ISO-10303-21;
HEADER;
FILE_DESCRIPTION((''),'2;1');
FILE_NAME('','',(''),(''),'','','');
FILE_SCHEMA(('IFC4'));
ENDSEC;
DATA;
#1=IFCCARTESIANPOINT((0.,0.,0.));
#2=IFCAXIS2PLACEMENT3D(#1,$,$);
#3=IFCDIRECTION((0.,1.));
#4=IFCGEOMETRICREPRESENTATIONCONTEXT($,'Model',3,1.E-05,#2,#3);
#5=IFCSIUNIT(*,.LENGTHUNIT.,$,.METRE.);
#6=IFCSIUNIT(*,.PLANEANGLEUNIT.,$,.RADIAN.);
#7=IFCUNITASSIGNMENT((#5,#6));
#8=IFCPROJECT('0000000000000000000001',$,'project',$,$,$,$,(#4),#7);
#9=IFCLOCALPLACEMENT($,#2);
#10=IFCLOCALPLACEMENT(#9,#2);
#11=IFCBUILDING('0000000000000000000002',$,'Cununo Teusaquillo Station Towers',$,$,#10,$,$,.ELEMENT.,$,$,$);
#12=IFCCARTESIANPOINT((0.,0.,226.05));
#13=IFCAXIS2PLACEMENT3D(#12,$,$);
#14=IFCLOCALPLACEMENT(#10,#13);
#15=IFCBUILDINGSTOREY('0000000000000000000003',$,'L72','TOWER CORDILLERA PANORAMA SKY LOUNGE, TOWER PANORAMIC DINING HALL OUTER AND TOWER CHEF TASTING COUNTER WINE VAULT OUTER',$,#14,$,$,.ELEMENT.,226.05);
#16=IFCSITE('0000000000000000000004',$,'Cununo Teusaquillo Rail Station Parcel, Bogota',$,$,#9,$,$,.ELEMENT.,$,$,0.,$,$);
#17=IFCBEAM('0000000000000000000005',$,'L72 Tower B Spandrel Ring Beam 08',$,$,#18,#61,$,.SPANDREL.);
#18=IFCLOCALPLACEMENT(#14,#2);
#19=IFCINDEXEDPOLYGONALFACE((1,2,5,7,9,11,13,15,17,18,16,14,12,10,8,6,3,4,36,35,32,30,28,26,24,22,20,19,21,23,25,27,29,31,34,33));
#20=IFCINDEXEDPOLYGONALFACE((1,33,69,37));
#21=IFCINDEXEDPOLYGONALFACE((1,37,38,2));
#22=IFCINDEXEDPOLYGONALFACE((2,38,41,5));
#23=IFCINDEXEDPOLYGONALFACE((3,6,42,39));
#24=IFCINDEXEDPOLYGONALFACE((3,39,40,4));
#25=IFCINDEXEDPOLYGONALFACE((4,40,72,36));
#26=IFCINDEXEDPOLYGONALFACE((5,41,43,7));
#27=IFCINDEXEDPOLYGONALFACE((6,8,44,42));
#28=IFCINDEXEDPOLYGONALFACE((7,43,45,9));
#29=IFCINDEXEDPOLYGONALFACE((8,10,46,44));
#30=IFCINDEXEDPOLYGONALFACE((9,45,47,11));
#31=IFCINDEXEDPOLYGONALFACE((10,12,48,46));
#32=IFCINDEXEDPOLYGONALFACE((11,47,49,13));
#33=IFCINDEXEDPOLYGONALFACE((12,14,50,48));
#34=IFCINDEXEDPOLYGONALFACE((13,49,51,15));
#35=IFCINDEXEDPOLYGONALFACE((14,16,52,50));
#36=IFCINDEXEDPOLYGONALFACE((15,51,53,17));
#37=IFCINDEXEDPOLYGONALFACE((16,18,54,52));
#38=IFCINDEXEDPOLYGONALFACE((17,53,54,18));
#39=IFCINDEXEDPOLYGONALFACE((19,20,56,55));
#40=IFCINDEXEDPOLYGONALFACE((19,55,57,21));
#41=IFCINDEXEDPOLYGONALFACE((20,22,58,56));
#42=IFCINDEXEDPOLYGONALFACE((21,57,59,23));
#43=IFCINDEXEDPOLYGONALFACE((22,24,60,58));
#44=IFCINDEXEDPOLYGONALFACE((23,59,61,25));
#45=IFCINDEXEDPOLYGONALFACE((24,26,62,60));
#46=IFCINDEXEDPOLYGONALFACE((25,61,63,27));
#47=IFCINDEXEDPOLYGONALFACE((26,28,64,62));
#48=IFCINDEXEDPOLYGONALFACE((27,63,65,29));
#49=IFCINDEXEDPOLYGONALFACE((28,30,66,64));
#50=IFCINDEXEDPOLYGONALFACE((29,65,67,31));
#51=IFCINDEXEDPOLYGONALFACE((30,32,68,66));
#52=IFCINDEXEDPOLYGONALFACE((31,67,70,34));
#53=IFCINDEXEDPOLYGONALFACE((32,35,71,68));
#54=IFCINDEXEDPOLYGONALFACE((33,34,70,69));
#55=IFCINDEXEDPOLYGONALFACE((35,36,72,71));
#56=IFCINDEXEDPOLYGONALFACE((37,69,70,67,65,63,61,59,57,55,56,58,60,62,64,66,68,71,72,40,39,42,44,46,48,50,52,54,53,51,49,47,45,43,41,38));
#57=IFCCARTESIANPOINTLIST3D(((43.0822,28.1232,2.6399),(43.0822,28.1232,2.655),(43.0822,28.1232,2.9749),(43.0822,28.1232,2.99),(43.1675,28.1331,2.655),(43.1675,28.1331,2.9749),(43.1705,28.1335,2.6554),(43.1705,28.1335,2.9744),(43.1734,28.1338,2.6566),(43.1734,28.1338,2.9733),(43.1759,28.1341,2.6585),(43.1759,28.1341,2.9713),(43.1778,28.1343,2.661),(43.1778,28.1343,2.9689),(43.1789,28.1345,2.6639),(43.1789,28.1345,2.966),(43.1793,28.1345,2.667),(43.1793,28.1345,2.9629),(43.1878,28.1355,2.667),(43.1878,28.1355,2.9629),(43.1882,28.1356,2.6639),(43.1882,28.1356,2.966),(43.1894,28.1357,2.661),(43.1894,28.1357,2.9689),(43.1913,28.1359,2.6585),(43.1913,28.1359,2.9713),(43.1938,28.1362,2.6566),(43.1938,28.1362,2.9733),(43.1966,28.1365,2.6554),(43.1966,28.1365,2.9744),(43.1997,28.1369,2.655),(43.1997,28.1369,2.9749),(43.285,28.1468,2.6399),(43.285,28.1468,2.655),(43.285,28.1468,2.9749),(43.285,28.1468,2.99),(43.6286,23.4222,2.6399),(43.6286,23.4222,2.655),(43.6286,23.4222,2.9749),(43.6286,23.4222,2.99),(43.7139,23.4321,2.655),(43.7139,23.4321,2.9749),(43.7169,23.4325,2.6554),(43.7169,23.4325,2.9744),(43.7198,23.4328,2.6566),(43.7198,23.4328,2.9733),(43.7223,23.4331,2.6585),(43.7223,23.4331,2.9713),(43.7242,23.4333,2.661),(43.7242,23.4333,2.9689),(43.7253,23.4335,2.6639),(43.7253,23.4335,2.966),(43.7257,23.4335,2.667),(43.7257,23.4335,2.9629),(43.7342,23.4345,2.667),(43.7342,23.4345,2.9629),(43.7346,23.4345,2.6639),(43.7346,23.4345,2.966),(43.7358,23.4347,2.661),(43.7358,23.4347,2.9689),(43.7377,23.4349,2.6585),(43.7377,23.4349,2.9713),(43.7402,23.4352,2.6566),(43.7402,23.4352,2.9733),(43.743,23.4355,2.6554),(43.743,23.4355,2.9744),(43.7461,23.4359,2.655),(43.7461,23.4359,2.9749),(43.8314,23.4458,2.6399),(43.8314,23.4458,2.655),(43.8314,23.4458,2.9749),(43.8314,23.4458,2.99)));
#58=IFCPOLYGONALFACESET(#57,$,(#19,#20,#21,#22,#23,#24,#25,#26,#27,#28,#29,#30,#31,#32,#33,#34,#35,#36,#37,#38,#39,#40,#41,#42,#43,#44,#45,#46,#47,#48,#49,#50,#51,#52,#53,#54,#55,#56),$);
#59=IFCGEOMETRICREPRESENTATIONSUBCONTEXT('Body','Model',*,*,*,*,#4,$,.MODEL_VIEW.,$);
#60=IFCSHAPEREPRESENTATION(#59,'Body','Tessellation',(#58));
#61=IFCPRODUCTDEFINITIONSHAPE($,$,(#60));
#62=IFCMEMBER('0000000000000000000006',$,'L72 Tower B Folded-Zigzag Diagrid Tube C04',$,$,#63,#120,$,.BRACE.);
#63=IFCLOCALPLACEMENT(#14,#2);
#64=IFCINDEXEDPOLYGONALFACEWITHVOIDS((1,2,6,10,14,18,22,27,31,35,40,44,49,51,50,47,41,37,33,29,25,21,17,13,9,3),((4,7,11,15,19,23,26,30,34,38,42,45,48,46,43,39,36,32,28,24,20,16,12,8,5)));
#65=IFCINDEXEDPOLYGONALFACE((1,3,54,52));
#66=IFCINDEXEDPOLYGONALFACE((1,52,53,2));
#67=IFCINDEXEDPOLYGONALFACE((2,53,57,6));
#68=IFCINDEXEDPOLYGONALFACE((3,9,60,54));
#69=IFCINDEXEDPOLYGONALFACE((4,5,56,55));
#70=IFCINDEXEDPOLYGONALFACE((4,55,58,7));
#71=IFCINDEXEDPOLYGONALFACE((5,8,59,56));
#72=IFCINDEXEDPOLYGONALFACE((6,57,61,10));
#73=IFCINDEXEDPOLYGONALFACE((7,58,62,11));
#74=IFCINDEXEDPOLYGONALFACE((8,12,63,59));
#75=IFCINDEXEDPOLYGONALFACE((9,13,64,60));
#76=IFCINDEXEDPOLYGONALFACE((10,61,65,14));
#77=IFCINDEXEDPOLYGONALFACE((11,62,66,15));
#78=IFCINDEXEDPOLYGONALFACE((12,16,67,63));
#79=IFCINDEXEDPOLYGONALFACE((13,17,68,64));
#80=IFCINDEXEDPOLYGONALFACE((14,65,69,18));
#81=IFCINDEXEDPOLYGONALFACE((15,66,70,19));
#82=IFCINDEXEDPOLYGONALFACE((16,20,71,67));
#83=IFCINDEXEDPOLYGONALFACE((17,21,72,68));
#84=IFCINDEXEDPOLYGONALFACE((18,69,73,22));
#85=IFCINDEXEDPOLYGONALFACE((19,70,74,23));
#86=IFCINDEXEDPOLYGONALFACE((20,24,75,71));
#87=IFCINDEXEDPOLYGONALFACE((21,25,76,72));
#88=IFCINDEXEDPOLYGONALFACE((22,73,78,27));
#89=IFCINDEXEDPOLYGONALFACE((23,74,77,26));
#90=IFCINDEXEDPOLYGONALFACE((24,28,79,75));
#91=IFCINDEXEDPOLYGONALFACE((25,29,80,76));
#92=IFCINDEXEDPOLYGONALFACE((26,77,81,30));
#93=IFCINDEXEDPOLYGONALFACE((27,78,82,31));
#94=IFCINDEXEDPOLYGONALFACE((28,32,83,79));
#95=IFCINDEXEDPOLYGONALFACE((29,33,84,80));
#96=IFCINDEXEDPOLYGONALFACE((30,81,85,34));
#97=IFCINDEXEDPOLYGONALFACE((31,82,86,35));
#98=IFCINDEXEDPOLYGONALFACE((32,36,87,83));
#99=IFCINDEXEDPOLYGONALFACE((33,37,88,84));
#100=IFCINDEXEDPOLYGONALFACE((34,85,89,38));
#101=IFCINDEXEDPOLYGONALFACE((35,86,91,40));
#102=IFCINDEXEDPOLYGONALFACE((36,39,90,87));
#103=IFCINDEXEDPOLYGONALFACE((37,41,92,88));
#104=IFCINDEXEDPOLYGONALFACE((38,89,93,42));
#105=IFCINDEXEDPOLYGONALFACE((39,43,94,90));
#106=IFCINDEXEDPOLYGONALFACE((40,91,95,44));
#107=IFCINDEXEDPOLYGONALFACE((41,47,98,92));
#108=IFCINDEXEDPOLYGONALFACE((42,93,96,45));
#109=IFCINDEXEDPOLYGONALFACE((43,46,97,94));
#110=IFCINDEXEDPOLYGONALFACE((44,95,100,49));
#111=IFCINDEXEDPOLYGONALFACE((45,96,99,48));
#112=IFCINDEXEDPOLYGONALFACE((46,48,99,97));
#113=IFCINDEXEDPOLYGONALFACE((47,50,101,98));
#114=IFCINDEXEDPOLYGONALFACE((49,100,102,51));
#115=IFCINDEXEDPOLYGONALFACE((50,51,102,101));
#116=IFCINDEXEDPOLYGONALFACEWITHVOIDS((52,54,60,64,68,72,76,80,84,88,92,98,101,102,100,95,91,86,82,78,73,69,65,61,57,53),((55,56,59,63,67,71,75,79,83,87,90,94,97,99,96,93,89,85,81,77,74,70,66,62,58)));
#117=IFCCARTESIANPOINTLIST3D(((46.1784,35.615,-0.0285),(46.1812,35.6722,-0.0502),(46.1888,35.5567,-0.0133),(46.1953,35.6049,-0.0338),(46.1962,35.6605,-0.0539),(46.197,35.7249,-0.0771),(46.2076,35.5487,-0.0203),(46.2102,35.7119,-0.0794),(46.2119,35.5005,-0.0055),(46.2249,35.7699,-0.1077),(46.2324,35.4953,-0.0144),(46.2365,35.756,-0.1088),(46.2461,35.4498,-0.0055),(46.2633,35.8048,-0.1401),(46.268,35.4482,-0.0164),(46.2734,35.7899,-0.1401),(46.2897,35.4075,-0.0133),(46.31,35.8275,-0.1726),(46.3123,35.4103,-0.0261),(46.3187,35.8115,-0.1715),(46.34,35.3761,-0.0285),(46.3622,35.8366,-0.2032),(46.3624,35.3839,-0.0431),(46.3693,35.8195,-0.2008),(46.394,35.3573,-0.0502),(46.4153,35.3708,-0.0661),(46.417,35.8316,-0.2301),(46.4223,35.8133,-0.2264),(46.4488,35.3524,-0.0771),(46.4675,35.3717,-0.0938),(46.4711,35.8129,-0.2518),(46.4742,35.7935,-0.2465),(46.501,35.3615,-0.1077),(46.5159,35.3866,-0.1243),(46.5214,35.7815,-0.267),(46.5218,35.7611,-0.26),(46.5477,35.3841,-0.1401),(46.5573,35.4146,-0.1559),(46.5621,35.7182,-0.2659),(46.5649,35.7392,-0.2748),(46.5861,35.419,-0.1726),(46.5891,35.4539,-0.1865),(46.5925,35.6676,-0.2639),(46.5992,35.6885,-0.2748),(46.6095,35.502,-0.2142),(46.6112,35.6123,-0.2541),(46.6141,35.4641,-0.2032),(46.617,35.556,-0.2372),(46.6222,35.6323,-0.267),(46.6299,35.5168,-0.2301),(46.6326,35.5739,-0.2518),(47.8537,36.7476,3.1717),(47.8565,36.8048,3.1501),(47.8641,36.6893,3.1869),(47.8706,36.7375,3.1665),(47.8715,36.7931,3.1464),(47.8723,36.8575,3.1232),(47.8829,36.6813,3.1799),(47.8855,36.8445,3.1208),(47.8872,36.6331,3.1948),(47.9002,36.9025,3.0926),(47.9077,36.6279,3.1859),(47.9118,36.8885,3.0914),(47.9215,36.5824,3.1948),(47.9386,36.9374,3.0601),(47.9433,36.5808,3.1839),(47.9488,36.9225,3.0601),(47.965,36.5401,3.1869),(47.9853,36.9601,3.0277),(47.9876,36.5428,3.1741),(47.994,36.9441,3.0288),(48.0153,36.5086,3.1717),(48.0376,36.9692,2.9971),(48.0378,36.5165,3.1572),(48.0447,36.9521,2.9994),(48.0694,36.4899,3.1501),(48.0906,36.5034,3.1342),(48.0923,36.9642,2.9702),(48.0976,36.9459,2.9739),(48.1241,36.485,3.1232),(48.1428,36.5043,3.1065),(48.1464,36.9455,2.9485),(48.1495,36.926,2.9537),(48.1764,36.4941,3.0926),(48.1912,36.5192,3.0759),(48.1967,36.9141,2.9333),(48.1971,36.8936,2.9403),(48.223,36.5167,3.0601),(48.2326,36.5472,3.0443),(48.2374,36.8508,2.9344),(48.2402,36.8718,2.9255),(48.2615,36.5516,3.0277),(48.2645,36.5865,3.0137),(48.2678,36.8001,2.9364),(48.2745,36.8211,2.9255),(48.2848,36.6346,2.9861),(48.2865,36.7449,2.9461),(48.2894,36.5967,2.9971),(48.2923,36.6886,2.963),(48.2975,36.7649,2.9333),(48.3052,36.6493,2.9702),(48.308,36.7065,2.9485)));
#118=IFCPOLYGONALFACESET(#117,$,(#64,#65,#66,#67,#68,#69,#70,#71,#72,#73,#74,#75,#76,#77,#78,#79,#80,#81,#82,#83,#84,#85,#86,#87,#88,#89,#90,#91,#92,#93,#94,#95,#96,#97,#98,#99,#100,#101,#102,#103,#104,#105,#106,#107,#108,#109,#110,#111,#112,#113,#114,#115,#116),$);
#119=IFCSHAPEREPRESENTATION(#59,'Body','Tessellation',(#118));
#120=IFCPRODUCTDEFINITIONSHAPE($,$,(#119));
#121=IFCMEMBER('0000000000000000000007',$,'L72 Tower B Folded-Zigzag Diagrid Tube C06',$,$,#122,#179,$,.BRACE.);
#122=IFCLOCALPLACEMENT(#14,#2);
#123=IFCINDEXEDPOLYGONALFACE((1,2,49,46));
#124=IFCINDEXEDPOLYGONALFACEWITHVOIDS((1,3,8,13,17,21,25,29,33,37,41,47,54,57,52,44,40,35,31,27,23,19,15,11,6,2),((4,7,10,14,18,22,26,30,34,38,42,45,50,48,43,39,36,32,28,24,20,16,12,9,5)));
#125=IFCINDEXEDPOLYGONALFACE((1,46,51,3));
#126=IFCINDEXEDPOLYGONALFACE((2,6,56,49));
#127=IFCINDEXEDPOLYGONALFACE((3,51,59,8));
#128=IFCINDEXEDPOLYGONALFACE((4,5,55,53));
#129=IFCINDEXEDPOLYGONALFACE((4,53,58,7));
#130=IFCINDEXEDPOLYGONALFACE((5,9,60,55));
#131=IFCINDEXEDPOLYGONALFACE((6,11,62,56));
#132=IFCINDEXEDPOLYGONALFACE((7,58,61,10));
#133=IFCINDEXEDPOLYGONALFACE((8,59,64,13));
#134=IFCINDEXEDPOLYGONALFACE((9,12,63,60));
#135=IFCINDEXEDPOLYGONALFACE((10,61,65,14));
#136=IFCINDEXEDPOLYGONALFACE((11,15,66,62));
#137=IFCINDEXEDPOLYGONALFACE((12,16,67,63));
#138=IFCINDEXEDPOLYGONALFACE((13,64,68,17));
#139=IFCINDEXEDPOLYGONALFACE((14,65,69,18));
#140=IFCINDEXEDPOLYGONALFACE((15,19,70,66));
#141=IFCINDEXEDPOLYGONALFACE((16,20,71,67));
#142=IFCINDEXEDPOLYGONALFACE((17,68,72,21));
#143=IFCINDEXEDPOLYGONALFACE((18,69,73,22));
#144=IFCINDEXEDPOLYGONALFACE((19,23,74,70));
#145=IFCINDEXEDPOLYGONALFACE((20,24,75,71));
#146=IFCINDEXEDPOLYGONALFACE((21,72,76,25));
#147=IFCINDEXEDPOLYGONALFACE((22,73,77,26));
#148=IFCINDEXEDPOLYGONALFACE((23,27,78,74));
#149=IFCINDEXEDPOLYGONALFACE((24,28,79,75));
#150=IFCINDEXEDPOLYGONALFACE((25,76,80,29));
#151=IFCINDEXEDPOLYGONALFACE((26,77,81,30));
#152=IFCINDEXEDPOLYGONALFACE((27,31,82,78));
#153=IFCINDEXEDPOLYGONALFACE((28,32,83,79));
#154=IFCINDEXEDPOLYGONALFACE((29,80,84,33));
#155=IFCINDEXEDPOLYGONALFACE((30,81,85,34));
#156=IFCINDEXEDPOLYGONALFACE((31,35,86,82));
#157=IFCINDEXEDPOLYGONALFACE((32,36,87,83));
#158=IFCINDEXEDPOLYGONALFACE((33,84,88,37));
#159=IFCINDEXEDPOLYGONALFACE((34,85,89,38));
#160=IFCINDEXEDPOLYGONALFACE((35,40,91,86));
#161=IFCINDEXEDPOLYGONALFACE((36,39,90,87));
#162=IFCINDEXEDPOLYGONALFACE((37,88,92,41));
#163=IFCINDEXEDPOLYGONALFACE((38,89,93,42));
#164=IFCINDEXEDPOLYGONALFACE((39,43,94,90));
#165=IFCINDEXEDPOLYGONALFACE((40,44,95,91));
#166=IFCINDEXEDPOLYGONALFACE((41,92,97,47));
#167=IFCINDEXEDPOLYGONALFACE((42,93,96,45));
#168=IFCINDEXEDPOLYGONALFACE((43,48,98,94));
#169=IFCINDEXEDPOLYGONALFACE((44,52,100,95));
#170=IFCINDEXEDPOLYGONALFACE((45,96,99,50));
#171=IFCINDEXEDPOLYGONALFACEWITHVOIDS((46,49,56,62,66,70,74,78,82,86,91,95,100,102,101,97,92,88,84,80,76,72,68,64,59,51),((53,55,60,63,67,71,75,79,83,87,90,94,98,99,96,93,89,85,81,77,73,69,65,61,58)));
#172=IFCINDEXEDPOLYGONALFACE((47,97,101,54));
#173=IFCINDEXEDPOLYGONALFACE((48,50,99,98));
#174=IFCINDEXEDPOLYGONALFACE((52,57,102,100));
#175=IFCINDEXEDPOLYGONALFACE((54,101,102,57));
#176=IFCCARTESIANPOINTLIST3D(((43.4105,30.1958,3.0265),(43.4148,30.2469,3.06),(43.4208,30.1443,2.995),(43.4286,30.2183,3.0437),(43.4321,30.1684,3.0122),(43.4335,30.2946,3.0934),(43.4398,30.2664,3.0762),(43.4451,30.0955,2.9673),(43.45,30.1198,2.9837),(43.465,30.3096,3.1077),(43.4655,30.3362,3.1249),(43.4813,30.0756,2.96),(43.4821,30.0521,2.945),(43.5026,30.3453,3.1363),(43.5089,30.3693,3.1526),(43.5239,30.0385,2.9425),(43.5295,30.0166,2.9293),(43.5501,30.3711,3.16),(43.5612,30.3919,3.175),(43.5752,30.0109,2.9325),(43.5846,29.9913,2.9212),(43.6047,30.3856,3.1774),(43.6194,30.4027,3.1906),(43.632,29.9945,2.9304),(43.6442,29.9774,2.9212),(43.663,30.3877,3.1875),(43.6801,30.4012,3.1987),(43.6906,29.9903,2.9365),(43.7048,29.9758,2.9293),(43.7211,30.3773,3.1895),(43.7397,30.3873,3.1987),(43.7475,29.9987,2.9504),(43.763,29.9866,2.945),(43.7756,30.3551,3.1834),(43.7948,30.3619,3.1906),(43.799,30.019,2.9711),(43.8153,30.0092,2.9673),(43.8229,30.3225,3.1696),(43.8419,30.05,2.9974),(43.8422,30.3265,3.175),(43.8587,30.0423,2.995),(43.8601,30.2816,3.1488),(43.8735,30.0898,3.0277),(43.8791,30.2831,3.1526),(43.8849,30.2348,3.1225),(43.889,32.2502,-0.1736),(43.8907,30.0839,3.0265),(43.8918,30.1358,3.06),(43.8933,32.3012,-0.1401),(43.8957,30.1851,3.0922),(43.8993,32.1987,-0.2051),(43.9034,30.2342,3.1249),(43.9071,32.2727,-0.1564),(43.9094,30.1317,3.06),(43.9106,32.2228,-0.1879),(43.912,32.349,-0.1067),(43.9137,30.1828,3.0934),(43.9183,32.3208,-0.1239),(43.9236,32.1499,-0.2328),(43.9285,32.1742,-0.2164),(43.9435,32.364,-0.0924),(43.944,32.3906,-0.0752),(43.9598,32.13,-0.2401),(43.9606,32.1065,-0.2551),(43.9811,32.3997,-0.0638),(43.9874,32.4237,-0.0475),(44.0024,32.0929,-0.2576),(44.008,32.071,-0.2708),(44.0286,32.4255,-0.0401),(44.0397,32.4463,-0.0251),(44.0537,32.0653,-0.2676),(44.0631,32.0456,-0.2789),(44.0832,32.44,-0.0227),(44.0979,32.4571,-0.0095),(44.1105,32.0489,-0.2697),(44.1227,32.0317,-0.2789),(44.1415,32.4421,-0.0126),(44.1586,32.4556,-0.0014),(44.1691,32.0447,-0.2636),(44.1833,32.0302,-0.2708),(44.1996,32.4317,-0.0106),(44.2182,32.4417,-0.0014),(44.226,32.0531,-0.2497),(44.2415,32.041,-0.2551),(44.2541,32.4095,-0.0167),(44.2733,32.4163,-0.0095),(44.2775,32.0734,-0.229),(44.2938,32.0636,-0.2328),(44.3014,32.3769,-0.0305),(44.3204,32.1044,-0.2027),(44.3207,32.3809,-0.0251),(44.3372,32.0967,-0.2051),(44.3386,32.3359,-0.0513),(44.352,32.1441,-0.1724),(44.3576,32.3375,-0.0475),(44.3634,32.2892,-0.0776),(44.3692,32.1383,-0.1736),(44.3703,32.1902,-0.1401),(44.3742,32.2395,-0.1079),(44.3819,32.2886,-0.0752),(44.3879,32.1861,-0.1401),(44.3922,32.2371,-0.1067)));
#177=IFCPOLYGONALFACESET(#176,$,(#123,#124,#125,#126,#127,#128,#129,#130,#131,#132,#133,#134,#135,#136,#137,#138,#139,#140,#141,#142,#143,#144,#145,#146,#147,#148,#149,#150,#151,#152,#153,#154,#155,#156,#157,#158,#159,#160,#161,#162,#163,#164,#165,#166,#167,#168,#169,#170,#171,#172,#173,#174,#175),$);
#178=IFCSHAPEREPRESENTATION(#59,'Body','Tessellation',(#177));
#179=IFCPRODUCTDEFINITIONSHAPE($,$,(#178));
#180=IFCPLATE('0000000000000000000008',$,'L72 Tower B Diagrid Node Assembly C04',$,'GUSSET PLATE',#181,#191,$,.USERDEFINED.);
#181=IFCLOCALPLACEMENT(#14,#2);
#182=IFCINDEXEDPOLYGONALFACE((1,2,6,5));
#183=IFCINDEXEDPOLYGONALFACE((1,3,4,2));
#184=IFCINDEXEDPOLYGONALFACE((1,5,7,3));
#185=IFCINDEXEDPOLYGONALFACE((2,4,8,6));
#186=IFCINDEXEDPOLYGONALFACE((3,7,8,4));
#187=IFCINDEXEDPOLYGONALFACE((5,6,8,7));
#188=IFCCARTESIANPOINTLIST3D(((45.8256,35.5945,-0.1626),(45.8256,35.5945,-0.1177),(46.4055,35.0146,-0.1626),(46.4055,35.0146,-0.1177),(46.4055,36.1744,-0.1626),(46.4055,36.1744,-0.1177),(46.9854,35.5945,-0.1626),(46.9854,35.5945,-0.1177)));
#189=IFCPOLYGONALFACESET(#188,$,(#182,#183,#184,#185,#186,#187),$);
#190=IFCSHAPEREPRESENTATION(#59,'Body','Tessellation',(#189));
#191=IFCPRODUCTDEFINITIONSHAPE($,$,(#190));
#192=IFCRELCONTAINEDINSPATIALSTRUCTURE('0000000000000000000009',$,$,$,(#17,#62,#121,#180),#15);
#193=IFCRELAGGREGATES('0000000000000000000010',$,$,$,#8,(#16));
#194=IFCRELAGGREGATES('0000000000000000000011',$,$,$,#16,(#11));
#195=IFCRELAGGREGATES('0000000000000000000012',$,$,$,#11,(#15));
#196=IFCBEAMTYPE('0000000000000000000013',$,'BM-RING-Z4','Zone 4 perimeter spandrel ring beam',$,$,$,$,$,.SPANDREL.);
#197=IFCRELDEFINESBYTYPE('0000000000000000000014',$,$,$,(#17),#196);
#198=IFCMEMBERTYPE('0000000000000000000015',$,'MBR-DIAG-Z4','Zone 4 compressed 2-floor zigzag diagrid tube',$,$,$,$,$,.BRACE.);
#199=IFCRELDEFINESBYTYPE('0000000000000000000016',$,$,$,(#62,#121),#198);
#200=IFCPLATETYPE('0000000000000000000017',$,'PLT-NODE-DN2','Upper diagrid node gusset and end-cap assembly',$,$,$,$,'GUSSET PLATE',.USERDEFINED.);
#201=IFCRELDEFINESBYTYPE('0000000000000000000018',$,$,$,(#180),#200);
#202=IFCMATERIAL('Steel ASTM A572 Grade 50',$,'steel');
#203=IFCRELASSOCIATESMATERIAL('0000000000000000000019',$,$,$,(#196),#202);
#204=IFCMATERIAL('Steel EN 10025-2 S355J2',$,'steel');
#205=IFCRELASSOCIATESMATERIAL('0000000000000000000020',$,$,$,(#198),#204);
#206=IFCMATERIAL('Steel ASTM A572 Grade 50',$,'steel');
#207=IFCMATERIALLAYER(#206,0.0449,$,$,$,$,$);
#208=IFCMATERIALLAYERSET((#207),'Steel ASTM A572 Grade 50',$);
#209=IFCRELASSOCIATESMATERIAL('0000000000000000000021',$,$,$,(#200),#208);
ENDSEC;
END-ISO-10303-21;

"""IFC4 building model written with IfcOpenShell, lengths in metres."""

from ifc_helpers import new_model, si_unit, direction, frame, origin, origin_2d, place, context, subcontext, project, spatial, rectangle, hollow_circle, i_section, extrude, source, transform, mapped, material, layer, layer_set, material_profile, profile_set, type_object, element, save


model = new_model("IFC4")

# Units and contexts
model_context = context("Model", 3, precision=1e-05, world=origin(), true_north=direction((0.0, 1.0)))
body_context = subcontext(model_context, "Body", "Model", "MODEL_VIEW")
ifc_project = project(units=[si_unit("LENGTHUNIT", "METRE"), si_unit("PLANEANGLEUNIT", "RADIAN")], contexts=[model_context])

# Site, building, storey
site_placement = place(None, origin())
site = spatial("IfcSite", under=ifc_project, at=site_placement, Name="Cununo Teusaquillo Rail Station Parcel, Bogota", CompositionType="ELEMENT", RefElevation=0.0)
building_placement = place(site_placement, origin())
building = spatial("IfcBuilding", under=site, at=building_placement, Name="Cununo Teusaquillo Station Towers", CompositionType="ELEMENT")
storey_placement = place(building_placement, frame((0.0, 0.0, 226.05)))
storey = spatial("IfcBuildingStorey", under=building, at=storey_placement, Name="L72", Description="TOWER CORDILLERA PANORAMA SKY LOUNGE, TOWER PANORAMIC DINING HALL OUTER AND TOWER CHEF TASTING COUNTER WINE VAULT OUTER", CompositionType="ELEMENT", Elevation=226.05)

# Beam
ifc_material_1 = material(Name="Steel ASTM A572 Grade 50", Category="steel")
ifc_material_profile_1 = material_profile(ifc_material_1, i_section(OverallWidth=0.2041, OverallDepth=0.3501, WebThickness=0.0085, FlangeThickness=0.0151, FilletRadius=0.012, at=origin_2d()), Name="W14X48")
ifc_profile_set_1 = profile_set([ifc_material_profile_1], Name="Steel ASTM A572 Grade 50")
beam_type_1 = type_object("IfcBeamType", Name="BM-RING-Z4", Description="Zone 4 perimeter spandrel ring beam", PredefinedType="SPANDREL", material=ifc_profile_set_1)
beam_1_placement = place(storey_placement, frame((43.1836, 28.135, 2.8149), z_axis=(0.115452, -0.993313, 0.0), x_axis=(0.993313, 0.115452, 0.0)))
element("IfcBeam", 1, at=beam_1_placement, inside=storey, type_object=beam_type_1, Name="L72 Tower B Spandrel Ring Beam 08", PredefinedType="SPANDREL", context=body_context, shape_type="SweptSolid", body=[
    extrude(i_section(OverallWidth=0.2041, OverallDepth=0.3501, WebThickness=0.0085, FlangeThickness=0.0151, FilletRadius=0.012, at=origin_2d()), origin(), (0.0, 0.0, 1.0), 4.7327),
])

# Members
ifc_material_2 = material(Name="Steel EN 10025-2 S355J2", Category="steel")
ifc_material_profile_2 = material_profile(ifc_material_2, hollow_circle(Radius=0.2539, WallThickness=0.0181, at=origin_2d()), Name="CHS 508x18")
ifc_profile_set_2 = profile_set([ifc_material_profile_2], Name="Steel EN 10025-2 S355J2")
member_type = type_object("IfcMemberType", Name="MBR-DIAG-Z4", Description="Zone 4 compressed 2-floor zigzag diagrid tube", PredefinedType="BRACE", material=ifc_profile_set_2)
member_1_placement = place(storey_placement, frame((46.4055, 35.5945, -0.1401), z_axis=(0.442547, 0.29918, 0.845366), x_axis=(-0.560066, 0.828448, 0.0)))
element("IfcMember", 2, at=member_1_placement, inside=storey, type_object=member_type, Name="L72 Tower B Folded-Zigzag Diagrid Tube C04", PredefinedType="BRACE", context=body_context, shape_type="SweptSolid", body=[
    extrude(hollow_circle(Radius=0.2539, WallThickness=0.0181, at=origin_2d()), origin(), (0.0, 0.0, 1.0), 3.7856),
])
member_2_placement = place(storey_placement, frame((44.1406, 32.2437, -0.1401), z_axis=(-0.124845, -0.536005, 0.834932), x_axis=(0.973931, -0.226845, 0.0)))
element("IfcMember", 3, at=member_2_placement, inside=storey, type_object=member_type, Name="L72 Tower B Folded-Zigzag Diagrid Tube C06", PredefinedType="BRACE", context=body_context, shape_type="SweptSolid", body=[
    extrude(hollow_circle(Radius=0.2539, WallThickness=0.0181, at=origin_2d()), origin(), (0.0, 0.0, 1.0), 3.8328),
])

# Plate
ifc_material_3 = material(Name="Steel ASTM A572 Grade 50", Category="steel")
ifc_layer_1 = layer(ifc_material_3, 0.0449)
ifc_layer_set_1 = layer_set([ifc_layer_1], Name="Steel ASTM A572 Grade 50")
plate_type_1 = type_object("IfcPlateType", Name="PLT-NODE-DN2", Description="Upper diagrid node gusset and end-cap assembly", ElementType="GUSSET PLATE", PredefinedType="USERDEFINED", material=ifc_layer_set_1)
shared_shape_1 = source(origin(), body_context, "Body", "SweptSolid", [
    extrude(rectangle(XDim=0.8201, YDim=0.8201, at=origin_2d()), origin(), (0.0, 0.0, 1.0), 0.0449),
])
for number, where, z_axis, x_axis, name in (
    (4, (46.4055, 35.5945, -0.1626), (0.0, 0.0, 1.0), (0.707107, 0.707107, 0.0), "L72 Tower B Diagrid Node Assembly C04"),
):
    element("IfcPlate", number, at=place(storey_placement, frame(where, z_axis=z_axis, x_axis=x_axis)), inside=storey, type_object=plate_type_1, Name=name, ObjectType="GUSSET PLATE", PredefinedType="USERDEFINED", context=body_context, shape_type="MappedRepresentation", body=[
        mapped(shared_shape_1, transform((0.0, 0.0, 0.0), x_axis=(1.0, 0.0, 0.0), y_axis=(0.0, 1.0, 0.0), z_axis=(0.0, 0.0, 1.0), scale=1.0)),
    ])

save(model, "model.ifc")
